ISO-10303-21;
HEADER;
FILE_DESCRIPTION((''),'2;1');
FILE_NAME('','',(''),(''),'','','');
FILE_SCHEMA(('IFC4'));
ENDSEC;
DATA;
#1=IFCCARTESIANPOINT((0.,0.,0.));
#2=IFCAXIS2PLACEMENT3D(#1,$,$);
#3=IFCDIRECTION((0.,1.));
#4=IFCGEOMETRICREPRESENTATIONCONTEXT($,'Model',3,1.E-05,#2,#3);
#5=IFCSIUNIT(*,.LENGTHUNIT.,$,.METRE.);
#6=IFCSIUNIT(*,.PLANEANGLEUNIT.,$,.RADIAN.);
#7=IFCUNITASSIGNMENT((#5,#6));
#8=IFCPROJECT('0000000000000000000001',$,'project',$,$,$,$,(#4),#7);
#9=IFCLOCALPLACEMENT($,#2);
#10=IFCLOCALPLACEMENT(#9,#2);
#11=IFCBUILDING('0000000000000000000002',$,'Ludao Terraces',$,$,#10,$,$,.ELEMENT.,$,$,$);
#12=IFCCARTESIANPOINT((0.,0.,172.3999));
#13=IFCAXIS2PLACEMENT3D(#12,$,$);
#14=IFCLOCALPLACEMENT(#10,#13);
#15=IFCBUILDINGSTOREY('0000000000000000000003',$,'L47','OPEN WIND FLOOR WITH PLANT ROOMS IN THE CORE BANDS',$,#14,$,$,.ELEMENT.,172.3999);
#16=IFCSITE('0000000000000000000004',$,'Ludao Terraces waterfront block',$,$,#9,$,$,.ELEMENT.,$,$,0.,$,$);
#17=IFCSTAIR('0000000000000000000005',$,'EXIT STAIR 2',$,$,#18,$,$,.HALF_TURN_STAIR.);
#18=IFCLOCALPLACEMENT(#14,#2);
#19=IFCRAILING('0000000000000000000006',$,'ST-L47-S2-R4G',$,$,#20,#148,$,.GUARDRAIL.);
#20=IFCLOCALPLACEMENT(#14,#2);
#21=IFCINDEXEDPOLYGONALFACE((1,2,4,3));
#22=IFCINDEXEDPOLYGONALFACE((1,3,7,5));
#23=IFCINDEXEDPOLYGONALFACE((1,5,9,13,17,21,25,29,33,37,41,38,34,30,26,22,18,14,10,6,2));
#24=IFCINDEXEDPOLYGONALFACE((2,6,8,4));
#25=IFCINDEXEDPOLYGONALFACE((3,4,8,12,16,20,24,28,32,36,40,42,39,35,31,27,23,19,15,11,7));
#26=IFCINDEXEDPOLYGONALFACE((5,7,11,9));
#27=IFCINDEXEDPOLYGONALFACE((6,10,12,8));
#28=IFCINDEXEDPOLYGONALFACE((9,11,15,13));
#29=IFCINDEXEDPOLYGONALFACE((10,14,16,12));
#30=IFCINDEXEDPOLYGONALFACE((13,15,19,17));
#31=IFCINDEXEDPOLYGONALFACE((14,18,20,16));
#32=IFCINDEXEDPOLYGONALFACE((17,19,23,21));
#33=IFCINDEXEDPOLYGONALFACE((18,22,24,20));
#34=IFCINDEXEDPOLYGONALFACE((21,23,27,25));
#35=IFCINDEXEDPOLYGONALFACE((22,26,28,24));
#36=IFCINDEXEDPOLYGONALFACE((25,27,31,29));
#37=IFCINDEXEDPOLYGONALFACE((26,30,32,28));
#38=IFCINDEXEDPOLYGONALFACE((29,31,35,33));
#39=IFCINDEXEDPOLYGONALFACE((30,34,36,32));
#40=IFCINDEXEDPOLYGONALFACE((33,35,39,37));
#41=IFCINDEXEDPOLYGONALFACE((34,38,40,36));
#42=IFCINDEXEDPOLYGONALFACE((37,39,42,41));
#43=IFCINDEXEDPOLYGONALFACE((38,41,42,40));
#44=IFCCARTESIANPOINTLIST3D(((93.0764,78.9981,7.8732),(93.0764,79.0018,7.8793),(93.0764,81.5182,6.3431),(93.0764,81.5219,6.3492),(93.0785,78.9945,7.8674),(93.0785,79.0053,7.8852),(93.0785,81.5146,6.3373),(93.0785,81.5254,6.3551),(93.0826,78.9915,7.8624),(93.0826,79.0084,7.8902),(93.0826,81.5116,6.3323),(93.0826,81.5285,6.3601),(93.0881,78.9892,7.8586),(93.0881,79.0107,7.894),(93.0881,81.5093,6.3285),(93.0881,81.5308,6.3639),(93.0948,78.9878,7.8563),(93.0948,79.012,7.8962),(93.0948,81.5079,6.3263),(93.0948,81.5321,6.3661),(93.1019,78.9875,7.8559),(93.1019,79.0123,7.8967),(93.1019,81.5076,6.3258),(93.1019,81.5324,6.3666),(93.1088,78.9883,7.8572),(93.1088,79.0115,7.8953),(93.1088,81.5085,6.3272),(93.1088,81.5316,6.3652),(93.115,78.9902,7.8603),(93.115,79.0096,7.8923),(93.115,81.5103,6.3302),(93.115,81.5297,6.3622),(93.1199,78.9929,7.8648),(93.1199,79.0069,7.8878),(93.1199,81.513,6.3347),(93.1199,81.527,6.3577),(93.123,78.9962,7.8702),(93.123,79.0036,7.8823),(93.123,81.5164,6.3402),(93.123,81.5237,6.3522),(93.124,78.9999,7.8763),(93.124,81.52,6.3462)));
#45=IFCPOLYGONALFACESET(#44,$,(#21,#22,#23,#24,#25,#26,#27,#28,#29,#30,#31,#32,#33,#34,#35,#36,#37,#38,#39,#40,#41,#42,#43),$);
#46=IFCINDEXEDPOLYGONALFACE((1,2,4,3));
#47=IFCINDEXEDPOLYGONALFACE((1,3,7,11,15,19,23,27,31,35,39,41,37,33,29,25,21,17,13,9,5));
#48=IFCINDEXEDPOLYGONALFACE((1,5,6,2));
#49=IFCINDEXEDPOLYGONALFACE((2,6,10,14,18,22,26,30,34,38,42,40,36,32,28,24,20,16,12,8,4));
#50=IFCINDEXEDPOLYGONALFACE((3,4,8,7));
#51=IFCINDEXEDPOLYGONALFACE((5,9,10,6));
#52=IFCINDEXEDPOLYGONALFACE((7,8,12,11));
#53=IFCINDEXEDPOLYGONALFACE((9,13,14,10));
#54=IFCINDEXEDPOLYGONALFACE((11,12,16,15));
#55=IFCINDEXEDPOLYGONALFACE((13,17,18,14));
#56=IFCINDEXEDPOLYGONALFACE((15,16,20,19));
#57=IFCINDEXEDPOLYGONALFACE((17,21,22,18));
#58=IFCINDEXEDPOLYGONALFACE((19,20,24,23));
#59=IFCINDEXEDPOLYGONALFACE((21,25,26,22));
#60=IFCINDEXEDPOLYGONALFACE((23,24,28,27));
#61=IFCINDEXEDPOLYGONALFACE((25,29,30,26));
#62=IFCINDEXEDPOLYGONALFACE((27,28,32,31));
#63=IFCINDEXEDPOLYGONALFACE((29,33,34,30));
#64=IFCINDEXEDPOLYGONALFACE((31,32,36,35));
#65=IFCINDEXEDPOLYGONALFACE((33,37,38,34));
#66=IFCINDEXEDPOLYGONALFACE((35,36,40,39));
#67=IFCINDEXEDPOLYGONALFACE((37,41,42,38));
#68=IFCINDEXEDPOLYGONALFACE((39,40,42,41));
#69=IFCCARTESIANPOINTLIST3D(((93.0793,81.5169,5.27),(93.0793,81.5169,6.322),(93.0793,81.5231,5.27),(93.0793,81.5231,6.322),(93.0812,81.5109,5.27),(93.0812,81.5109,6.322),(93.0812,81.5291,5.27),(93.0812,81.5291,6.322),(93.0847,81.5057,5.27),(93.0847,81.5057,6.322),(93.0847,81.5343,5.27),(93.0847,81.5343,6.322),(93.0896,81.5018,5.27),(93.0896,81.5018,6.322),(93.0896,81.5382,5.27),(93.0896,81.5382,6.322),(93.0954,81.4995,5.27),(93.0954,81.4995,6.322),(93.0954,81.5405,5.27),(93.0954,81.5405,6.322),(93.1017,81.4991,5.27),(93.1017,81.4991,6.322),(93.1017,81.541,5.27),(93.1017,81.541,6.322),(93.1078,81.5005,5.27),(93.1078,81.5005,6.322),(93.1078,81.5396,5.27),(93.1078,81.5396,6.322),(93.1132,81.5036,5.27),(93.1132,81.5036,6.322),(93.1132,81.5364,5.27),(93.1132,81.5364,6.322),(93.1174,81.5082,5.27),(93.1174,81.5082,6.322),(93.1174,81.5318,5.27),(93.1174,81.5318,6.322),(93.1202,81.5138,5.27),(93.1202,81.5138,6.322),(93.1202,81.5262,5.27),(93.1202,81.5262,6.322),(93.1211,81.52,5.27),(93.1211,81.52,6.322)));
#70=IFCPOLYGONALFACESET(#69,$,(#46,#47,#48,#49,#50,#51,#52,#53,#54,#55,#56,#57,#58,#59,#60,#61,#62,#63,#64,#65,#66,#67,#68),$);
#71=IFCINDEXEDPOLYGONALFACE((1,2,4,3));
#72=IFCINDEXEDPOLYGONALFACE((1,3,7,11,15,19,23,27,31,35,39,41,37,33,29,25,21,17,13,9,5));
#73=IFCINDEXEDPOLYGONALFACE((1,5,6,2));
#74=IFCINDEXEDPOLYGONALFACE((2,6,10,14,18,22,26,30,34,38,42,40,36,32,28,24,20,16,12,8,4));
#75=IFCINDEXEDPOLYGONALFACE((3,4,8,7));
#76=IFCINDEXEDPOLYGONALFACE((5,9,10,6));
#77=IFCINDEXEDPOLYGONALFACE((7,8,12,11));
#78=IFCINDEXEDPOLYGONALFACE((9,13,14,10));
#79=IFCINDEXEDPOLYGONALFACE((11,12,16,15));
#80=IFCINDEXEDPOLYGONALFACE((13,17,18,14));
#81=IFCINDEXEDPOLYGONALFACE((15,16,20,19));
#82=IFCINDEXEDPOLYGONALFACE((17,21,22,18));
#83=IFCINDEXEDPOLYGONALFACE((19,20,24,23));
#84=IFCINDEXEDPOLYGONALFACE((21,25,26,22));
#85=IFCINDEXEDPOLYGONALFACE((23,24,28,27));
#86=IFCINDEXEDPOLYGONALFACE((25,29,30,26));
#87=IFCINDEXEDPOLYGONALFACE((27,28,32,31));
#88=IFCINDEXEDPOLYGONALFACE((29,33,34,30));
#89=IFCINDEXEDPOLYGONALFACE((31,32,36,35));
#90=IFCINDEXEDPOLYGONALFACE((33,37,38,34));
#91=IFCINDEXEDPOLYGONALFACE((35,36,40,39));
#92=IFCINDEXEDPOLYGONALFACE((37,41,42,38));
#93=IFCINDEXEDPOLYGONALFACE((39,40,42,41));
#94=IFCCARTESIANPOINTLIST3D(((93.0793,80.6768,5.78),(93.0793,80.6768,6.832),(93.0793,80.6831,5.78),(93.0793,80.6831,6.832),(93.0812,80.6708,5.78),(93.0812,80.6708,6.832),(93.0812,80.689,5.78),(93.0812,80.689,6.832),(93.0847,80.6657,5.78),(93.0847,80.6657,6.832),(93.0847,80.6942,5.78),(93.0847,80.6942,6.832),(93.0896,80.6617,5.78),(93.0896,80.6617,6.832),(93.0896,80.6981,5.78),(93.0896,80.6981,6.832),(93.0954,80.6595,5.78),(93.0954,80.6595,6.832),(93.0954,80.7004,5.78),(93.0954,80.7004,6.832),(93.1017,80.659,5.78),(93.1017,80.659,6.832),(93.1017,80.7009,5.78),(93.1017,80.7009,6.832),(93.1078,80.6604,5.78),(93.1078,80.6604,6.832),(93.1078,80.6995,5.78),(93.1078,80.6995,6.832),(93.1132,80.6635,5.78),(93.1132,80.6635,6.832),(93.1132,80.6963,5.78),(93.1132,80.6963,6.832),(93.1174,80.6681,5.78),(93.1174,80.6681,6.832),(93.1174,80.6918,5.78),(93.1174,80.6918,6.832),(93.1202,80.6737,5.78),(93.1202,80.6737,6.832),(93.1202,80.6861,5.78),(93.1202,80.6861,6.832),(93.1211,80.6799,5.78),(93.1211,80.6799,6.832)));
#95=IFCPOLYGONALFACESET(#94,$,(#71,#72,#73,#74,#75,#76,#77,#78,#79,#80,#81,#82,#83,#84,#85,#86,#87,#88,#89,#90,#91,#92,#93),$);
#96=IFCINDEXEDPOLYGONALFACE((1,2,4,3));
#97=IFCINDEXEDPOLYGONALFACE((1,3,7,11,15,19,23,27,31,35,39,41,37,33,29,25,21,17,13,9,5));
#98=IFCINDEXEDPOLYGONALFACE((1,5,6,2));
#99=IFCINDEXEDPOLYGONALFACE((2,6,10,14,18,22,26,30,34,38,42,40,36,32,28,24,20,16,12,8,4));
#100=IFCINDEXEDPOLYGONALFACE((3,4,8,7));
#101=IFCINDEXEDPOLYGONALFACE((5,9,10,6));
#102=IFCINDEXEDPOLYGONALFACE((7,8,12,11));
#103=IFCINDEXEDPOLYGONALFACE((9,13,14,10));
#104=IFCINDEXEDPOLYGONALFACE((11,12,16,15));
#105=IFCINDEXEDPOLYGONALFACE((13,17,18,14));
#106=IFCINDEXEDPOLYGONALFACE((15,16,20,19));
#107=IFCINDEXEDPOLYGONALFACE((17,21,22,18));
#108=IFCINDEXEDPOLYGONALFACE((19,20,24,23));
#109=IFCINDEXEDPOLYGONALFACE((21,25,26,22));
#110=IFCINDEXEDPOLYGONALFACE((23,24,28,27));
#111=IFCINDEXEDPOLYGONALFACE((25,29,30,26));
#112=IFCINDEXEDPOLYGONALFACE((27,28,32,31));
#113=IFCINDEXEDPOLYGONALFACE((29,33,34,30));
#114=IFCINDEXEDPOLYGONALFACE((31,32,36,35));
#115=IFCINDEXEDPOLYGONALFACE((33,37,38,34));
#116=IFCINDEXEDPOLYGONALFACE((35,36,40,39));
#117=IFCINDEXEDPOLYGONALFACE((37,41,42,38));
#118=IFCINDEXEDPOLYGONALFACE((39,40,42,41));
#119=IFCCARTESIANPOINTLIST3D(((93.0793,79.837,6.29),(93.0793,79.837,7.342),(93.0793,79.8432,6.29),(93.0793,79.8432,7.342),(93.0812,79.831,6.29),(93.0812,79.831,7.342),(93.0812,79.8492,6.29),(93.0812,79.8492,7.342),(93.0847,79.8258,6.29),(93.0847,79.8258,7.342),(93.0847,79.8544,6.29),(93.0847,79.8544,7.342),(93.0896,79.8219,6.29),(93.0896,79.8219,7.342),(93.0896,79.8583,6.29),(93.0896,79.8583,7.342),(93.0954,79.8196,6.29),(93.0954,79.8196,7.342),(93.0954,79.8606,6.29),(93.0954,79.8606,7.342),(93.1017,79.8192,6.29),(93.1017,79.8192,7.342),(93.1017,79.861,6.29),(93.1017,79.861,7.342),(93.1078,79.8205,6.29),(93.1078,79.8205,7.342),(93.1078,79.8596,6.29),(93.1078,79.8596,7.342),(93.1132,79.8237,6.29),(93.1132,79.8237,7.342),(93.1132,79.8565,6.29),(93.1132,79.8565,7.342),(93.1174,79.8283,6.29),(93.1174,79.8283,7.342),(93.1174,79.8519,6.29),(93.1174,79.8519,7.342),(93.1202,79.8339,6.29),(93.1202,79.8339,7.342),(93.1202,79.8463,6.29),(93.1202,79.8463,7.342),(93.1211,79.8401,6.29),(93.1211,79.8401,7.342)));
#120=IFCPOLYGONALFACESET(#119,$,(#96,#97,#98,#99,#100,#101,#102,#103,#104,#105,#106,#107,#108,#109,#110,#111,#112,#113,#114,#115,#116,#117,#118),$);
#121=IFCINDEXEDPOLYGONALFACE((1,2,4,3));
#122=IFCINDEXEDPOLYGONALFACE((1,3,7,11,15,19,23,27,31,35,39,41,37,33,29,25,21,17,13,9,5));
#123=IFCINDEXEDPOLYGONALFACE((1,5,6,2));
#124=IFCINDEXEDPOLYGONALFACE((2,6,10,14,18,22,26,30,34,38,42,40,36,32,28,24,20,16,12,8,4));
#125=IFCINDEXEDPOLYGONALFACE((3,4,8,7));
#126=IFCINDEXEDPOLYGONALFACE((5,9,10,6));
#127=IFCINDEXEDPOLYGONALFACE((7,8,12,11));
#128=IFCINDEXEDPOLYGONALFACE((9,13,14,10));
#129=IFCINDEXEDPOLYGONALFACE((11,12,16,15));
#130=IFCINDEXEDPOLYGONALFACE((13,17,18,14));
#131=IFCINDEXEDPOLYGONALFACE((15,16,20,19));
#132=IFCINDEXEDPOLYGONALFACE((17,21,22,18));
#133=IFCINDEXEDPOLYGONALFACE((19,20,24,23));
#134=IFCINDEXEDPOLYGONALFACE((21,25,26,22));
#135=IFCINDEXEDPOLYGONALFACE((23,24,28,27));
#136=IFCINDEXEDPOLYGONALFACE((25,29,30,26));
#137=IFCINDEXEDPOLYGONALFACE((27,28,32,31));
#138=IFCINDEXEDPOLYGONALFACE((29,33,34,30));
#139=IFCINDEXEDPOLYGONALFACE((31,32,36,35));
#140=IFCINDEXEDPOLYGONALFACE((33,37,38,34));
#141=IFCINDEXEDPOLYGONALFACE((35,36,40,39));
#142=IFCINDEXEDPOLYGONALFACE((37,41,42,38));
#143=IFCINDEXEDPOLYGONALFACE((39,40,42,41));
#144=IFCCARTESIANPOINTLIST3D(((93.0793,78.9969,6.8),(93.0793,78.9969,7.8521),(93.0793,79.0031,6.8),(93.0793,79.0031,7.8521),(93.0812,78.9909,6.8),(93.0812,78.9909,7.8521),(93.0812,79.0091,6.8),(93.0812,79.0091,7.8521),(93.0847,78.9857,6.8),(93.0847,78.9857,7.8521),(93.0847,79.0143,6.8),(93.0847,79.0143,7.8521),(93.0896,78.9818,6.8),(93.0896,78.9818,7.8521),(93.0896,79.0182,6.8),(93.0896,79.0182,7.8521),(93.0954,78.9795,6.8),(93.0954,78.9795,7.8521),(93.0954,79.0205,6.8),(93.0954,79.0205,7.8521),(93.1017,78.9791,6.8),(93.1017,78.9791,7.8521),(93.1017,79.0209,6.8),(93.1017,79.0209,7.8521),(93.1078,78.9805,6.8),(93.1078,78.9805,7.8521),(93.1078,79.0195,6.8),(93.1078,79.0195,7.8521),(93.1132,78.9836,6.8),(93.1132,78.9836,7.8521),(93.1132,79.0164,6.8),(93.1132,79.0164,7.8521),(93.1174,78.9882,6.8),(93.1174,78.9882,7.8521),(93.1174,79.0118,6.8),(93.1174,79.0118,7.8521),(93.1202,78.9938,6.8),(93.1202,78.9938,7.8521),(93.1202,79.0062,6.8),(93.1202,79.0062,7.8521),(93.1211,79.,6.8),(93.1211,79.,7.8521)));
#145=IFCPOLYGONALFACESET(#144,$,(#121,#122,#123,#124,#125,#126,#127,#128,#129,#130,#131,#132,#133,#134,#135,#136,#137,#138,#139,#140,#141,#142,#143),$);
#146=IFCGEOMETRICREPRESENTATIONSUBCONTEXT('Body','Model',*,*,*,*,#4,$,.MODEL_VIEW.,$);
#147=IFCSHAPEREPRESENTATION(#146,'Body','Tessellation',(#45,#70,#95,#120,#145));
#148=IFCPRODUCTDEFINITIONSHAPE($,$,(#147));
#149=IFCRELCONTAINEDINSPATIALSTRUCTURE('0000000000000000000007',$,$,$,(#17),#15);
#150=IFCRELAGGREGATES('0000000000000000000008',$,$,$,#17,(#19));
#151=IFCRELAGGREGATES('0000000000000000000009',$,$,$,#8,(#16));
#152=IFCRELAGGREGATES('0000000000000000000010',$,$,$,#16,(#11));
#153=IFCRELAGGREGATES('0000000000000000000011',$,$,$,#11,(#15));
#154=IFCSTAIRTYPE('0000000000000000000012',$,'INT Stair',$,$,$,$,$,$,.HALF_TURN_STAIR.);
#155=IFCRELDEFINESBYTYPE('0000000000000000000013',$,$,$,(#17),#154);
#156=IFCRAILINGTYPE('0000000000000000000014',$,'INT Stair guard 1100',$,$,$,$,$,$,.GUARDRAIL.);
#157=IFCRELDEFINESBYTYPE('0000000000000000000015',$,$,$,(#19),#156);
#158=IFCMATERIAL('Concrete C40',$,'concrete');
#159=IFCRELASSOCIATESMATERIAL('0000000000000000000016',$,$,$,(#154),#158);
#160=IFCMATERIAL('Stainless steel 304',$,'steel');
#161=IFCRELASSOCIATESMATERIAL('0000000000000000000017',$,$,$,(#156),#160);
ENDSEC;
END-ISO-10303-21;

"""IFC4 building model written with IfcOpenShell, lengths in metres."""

from ifc_helpers import new_model, si_unit, direction, frame, origin, origin_2d, place, context, subcontext, project, spatial, circle, extrude, material, type_object, element, aggregate, save


model = new_model("IFC4")

# Units and contexts
model_context = context("Model", 3, precision=1e-05, world=origin(), true_north=direction((0.0, 1.0)))
body_context = subcontext(model_context, "Body", "Model", "MODEL_VIEW")
ifc_project = project(units=[si_unit("LENGTHUNIT", "METRE"), si_unit("PLANEANGLEUNIT", "RADIAN")], contexts=[model_context])

# Site, building, storey
site_placement = place(None, origin())
site = spatial("IfcSite", under=ifc_project, at=site_placement, Name="Ludao Terraces waterfront block", CompositionType="ELEMENT", RefElevation=0.0)
building_placement = place(site_placement, origin())
building = spatial("IfcBuilding", under=site, at=building_placement, Name="Ludao Terraces", CompositionType="ELEMENT")
storey_placement = place(building_placement, frame((0.0, 0.0, 172.3999)))
storey = spatial("IfcBuildingStorey", under=building, at=storey_placement, Name="L47", Description="OPEN WIND FLOOR WITH PLANT ROOMS IN THE CORE BANDS", CompositionType="ELEMENT", Elevation=172.3999)

# Stair, railing
ifc_material_1 = material(Name="Concrete C40", Category="concrete")
stair_type = type_object("IfcStairType", Name="INT Stair", PredefinedType="HALF_TURN_STAIR", material=ifc_material_1)
stair_placement = place(storey_placement, origin())
stair = element("IfcStair", 1, at=stair_placement, inside=storey, type_object=stair_type, Name="EXIT STAIR 2", PredefinedType="HALF_TURN_STAIR")
ifc_material_2 = material(Name="Stainless steel 304", Category="steel")
railing_type_1 = type_object("IfcRailingType", Name="INT Stair guard 1100", PredefinedType="GUARDRAIL", material=ifc_material_2)
railing_1_placement = place(storey_placement, frame((93.1001, 81.52, 5.27)))
railing_1 = element("IfcRailing", 2, at=railing_1_placement, type_object=railing_type_1, Name="ST-L47-S2-R4G", PredefinedType="GUARDRAIL", context=body_context, shape_type="SweptSolid", body=[
    extrude(circle(Radius=0.0239, at=origin_2d()), frame((0.0, 0.0, 1.0762), z_axis=(0.0, -0.854785, 0.518982), x_axis=(1.0, 0.0, 0.0)), (0.0, 0.0, 1.0), 2.9482),
    extrude(circle(Radius=0.021, at=origin_2d()), origin(), (0.0, 0.0, 1.0), 1.052),
    extrude(circle(Radius=0.021, at=origin_2d()), frame((0.0, -0.8401, 0.51)), (0.0, 0.0, 1.0), 1.052),
    extrude(circle(Radius=0.021, at=origin_2d()), frame((0.0, -1.6799, 1.02)), (0.0, 0.0, 1.0), 1.052),
    extrude(circle(Radius=0.021, at=origin_2d()), frame((0.0, -2.52, 1.53)), (0.0, 0.0, 1.0), 1.052),
])
aggregate(stair, [railing_1])

save(model, "model.ifc")
